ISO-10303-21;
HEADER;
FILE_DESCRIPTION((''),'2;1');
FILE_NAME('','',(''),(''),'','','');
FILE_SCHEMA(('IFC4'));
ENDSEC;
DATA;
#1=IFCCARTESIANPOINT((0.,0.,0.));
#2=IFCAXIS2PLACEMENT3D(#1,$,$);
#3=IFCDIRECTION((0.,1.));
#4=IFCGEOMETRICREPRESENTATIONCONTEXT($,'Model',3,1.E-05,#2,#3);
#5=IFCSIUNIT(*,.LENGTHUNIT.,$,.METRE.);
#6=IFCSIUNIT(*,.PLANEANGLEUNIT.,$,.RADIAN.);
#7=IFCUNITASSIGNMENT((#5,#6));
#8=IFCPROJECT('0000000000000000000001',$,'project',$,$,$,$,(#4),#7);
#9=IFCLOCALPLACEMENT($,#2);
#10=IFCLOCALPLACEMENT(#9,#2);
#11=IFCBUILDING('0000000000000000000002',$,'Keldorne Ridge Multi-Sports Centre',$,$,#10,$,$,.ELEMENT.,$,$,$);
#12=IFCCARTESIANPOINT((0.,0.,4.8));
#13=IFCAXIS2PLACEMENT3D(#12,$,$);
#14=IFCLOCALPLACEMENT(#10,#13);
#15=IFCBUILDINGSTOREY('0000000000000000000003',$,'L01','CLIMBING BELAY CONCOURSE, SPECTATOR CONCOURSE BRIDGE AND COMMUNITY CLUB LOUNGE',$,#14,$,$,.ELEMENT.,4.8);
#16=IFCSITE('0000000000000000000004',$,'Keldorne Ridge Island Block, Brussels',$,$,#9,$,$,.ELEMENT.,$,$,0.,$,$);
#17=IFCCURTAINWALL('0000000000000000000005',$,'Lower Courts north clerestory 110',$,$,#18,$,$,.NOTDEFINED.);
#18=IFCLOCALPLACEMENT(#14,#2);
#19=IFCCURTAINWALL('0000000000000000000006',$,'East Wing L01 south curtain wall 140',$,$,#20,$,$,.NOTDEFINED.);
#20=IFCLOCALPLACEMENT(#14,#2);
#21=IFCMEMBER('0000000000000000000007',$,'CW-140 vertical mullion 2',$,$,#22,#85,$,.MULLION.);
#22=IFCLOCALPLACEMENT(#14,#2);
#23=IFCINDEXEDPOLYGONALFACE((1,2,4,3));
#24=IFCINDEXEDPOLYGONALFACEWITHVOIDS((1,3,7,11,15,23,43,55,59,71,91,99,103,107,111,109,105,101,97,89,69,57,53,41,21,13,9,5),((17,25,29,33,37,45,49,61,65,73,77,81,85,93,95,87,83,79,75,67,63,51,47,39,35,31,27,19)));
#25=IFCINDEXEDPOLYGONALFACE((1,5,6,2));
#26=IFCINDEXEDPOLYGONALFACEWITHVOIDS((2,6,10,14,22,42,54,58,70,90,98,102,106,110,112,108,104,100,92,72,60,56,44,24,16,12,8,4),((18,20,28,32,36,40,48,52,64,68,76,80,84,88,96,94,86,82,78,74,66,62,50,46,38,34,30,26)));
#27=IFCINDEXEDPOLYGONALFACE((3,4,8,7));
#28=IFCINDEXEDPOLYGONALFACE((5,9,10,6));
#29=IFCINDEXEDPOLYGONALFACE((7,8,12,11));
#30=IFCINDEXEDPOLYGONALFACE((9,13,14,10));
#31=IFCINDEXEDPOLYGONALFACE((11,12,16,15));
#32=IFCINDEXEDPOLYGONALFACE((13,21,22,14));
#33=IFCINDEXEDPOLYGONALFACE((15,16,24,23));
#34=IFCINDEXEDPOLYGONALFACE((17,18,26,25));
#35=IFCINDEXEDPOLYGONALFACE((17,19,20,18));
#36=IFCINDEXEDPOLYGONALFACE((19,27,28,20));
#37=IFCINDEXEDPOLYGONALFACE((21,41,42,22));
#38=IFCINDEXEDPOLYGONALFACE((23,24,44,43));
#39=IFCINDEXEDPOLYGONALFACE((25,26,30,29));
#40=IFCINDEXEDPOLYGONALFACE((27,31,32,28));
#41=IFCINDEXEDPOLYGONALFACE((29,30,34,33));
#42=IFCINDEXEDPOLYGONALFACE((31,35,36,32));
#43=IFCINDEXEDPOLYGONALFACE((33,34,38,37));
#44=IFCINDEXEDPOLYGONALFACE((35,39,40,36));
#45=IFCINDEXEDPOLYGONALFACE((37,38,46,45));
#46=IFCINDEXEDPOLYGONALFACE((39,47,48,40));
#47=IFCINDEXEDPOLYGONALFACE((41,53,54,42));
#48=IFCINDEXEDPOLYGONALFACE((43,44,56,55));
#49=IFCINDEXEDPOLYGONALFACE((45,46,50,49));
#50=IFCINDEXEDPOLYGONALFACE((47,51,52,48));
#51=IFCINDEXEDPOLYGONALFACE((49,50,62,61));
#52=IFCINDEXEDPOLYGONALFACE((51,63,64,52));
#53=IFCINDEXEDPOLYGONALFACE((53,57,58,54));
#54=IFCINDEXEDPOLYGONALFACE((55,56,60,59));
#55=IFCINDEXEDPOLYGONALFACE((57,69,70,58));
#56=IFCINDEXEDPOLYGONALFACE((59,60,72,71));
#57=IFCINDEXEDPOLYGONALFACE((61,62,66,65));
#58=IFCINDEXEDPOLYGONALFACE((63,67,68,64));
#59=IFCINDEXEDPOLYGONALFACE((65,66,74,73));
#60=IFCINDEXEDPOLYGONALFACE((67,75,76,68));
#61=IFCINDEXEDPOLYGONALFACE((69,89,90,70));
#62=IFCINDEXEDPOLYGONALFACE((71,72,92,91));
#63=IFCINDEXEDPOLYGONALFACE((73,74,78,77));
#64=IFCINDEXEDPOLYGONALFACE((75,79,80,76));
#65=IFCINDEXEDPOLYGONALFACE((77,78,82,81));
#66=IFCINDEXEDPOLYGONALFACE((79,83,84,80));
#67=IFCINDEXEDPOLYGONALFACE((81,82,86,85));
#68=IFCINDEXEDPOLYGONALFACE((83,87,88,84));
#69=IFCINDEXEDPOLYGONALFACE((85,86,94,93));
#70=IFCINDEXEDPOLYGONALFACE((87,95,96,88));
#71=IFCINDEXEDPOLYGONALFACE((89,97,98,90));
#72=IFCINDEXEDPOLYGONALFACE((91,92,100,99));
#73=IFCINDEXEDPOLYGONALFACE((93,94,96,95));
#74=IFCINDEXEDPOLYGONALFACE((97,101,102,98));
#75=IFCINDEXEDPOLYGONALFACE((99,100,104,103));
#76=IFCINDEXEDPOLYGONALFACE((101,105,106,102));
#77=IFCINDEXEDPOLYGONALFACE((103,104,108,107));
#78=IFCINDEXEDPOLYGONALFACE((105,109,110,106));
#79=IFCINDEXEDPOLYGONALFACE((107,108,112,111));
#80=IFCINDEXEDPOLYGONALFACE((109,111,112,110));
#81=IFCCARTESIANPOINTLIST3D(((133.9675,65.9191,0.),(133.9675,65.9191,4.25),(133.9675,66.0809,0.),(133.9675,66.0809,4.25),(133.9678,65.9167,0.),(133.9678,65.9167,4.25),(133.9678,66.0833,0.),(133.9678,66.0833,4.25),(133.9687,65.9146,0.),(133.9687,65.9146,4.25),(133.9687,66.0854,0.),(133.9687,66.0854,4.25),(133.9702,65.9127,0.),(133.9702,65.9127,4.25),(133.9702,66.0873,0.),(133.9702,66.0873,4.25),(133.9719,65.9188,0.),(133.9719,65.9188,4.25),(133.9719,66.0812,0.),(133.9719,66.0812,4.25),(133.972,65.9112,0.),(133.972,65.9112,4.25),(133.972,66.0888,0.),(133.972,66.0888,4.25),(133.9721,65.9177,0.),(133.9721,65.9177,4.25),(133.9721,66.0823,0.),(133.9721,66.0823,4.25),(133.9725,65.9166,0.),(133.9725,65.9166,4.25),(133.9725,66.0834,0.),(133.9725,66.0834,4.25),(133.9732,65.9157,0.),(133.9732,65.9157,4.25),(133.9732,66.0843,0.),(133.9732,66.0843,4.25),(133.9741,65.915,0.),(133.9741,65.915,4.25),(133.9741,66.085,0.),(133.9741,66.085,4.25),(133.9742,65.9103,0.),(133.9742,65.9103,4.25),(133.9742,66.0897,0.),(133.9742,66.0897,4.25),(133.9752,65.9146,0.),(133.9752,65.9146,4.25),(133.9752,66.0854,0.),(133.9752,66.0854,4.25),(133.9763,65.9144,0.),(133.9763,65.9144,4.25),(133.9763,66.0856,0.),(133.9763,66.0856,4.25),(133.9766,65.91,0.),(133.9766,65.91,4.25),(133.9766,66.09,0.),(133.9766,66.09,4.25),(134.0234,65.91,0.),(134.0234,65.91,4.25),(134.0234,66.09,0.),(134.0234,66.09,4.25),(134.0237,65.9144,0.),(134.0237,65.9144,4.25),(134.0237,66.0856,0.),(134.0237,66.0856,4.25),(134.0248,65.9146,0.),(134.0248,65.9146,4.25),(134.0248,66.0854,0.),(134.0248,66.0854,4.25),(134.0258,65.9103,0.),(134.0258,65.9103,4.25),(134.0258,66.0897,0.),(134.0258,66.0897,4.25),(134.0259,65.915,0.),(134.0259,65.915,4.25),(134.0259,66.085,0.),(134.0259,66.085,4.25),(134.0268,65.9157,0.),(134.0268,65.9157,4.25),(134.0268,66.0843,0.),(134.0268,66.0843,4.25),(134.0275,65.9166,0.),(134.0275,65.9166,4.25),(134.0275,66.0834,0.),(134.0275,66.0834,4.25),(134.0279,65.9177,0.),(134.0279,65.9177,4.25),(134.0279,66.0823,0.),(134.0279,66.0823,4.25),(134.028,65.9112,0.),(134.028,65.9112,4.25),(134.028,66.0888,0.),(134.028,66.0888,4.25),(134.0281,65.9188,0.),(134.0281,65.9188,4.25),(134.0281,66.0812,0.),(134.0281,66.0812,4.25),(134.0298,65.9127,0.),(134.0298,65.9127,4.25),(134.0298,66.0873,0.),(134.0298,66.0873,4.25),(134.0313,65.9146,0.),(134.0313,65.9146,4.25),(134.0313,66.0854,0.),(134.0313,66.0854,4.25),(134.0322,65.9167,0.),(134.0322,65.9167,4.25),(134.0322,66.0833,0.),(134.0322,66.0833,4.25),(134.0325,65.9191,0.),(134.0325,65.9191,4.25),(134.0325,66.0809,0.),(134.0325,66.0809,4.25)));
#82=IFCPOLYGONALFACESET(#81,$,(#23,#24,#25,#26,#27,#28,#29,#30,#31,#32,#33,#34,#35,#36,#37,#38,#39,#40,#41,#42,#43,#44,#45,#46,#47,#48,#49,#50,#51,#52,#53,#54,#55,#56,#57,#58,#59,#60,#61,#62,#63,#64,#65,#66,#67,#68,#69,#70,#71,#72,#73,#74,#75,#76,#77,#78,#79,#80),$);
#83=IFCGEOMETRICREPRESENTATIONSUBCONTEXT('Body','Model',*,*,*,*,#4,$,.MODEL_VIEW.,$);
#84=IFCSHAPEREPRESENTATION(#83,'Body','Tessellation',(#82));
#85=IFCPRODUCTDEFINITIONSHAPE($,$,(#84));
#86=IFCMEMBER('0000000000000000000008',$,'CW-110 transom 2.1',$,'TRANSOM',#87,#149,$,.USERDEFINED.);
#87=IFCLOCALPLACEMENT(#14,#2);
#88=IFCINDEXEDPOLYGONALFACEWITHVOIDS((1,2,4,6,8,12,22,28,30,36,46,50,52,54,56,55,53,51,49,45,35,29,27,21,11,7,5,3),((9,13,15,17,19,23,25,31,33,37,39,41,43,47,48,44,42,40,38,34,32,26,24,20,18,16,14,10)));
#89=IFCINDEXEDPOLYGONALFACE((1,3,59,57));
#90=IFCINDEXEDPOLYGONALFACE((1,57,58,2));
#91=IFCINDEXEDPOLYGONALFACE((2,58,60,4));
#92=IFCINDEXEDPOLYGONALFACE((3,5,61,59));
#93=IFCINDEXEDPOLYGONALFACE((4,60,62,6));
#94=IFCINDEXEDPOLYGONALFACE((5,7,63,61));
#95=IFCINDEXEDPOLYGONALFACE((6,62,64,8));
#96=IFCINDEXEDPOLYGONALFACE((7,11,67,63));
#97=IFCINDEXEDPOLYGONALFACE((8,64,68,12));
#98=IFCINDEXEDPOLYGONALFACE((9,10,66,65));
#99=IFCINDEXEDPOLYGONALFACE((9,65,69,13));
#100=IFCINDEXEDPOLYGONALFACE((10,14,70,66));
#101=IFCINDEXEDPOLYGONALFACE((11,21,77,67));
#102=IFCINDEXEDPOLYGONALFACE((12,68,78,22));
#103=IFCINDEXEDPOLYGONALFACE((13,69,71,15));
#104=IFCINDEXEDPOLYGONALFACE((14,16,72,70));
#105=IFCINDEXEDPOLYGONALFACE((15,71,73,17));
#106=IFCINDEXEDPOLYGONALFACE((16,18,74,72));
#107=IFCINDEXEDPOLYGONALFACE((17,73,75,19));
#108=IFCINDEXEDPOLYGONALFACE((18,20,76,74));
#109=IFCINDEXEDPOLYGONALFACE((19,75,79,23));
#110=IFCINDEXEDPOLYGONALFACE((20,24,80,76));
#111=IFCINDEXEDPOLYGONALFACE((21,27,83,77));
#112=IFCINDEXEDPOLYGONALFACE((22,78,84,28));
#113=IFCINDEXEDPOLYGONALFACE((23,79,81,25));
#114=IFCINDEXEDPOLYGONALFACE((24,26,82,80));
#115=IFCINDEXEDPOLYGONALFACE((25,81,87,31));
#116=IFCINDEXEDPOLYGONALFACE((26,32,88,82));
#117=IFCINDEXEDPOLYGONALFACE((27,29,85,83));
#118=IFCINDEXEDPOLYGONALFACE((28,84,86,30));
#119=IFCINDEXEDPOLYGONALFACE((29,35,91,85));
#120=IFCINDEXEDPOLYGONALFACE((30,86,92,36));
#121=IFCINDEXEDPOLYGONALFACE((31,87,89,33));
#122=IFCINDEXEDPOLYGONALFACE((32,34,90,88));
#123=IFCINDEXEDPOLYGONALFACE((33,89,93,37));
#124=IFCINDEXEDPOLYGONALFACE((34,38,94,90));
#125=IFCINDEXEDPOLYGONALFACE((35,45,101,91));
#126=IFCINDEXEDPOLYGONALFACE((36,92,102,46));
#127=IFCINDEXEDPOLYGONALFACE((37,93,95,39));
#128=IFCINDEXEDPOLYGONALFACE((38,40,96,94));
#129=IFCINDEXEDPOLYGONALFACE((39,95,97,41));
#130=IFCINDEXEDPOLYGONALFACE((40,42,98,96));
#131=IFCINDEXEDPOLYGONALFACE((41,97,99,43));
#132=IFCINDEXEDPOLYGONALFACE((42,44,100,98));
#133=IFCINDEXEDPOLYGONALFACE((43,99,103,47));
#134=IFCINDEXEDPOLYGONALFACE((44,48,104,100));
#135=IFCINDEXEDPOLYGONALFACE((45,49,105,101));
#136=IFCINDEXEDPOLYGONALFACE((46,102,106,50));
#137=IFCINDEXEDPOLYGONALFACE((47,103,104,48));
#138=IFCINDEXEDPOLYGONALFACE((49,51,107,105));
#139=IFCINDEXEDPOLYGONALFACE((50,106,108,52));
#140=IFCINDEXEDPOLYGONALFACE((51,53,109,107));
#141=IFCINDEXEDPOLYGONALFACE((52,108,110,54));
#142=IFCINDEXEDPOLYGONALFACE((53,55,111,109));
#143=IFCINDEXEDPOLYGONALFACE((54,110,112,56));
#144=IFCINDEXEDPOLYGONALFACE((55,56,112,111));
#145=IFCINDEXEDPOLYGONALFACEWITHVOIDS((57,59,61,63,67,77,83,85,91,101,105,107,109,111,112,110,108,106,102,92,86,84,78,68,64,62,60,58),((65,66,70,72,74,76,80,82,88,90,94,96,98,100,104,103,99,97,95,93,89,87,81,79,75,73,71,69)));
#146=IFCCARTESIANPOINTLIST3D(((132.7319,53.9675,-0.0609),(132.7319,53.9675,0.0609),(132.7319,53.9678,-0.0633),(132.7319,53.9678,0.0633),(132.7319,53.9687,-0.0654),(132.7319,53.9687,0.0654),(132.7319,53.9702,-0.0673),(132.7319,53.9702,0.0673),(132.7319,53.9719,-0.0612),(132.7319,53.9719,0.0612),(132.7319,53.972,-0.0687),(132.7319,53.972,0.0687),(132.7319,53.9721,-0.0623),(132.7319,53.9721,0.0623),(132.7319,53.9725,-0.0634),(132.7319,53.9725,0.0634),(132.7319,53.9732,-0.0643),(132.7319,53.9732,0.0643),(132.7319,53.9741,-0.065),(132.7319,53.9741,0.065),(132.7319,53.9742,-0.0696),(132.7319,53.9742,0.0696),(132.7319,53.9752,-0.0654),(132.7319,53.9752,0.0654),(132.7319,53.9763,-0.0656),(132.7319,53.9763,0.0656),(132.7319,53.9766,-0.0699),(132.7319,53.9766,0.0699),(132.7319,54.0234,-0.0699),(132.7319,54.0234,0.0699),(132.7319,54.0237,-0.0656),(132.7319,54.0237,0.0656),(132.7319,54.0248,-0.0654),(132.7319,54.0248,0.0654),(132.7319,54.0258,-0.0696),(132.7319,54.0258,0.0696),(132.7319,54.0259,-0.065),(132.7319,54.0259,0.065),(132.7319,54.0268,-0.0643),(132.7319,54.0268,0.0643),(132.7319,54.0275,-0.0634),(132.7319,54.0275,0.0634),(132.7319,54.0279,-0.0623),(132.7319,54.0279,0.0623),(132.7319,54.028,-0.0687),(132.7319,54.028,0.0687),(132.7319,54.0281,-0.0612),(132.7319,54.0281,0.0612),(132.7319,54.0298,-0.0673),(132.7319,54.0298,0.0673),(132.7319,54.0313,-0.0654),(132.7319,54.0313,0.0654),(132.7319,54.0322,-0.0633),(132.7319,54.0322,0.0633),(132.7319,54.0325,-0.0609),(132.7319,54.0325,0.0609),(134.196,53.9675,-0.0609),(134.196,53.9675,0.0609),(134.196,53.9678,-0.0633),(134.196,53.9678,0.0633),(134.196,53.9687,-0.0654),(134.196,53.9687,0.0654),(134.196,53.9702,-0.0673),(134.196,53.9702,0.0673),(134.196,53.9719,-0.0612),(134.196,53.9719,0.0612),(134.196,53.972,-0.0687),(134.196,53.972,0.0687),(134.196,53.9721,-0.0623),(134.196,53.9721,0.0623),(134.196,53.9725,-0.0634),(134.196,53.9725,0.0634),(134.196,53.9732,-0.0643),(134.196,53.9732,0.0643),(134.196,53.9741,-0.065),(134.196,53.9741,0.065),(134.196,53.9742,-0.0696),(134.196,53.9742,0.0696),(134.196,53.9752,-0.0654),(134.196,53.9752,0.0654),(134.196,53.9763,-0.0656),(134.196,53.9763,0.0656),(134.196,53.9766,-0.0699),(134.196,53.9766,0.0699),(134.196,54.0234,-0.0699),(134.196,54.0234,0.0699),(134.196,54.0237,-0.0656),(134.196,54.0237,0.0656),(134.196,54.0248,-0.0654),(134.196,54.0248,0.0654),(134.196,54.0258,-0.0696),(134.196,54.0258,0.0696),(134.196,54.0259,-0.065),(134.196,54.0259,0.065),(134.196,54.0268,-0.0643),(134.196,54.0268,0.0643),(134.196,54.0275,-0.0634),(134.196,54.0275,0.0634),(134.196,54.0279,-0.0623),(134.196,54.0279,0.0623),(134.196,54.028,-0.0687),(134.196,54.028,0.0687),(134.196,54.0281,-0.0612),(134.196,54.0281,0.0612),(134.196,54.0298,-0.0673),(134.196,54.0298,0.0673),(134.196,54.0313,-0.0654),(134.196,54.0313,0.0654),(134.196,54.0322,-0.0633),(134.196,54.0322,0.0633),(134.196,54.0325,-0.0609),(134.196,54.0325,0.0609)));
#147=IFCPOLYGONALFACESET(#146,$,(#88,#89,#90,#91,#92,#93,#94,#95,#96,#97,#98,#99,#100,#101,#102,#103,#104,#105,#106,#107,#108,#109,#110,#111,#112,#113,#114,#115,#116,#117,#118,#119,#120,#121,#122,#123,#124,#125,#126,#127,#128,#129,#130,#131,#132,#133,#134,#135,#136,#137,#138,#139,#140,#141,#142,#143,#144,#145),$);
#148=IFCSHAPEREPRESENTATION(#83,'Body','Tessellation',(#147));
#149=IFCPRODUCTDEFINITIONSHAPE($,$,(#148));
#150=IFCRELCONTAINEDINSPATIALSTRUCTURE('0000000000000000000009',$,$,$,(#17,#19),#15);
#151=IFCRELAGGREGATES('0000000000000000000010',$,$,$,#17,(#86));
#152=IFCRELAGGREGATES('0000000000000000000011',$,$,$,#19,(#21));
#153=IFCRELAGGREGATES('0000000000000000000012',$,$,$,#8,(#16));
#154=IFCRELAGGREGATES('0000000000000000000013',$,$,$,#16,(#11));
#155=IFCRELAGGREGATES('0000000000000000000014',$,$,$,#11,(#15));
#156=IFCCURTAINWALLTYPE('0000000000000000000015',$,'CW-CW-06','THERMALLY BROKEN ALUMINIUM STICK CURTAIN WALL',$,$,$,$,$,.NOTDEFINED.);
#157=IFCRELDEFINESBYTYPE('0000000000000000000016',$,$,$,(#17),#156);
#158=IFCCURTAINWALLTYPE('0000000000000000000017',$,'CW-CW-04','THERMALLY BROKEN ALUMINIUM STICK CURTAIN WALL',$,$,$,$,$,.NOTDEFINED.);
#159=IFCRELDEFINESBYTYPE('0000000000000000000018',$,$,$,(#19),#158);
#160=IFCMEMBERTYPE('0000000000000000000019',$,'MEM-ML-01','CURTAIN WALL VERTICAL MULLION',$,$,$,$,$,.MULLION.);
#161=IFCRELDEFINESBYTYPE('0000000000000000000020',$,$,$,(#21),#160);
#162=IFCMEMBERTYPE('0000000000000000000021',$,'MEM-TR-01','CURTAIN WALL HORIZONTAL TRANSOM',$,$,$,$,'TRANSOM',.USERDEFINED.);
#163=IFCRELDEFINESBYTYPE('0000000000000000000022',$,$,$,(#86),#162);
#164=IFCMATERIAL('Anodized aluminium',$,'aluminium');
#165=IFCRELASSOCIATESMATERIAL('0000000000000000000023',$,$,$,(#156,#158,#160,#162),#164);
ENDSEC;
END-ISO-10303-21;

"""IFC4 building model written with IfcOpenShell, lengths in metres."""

from ifc_helpers import new_model, si_unit, direction, frame, origin, origin_2d, place, context, subcontext, project, spatial, hollow_rectangle, extrude, material, material_profile, profile_set, type_object, element, aggregate, save


model = new_model("IFC4")

# Units and contexts
model_context = context("Model", 3, precision=1e-05, world=origin(), true_north=direction((0.0, 1.0)))
body_context = subcontext(model_context, "Body", "Model", "MODEL_VIEW")
ifc_project = project(units=[si_unit("LENGTHUNIT", "METRE"), si_unit("PLANEANGLEUNIT", "RADIAN")], contexts=[model_context])

# Site, building, storey
site_placement = place(None, origin())
site = spatial("IfcSite", under=ifc_project, at=site_placement, Name="Keldorne Ridge Island Block, Brussels", CompositionType="ELEMENT", RefElevation=0.0)
building_placement = place(site_placement, origin())
building = spatial("IfcBuilding", under=site, at=building_placement, Name="Keldorne Ridge Multi-Sports Centre", CompositionType="ELEMENT")
storey_placement = place(building_placement, frame((0.0, 0.0, 4.8)))
storey = spatial("IfcBuildingStorey", under=building, at=storey_placement, Name="L01", Description="CLIMBING BELAY CONCOURSE, SPECTATOR CONCOURSE BRIDGE AND COMMUNITY CLUB LOUNGE", CompositionType="ELEMENT", Elevation=4.8)

# Curtain walls, member
ifc_material_1 = material(Name="Anodized aluminium", Category="aluminium")
curtain_wall_type_1 = type_object("IfcCurtainWallType", Name="CW-CW-06", Description="THERMALLY BROKEN ALUMINIUM STICK CURTAIN WALL", PredefinedType="NOTDEFINED", material=ifc_material_1)
curtain_wall_1_placement = place(storey_placement, origin())
curtain_wall_1 = element("IfcCurtainWall", 1, at=curtain_wall_1_placement, inside=storey, type_object=curtain_wall_type_1, Name="Lower Courts north clerestory 110", PredefinedType="NOTDEFINED")
ifc_material_profile_1 = material_profile(ifc_material_1, hollow_rectangle(XDim=0.0649, YDim=0.1799, WallThickness=0.0044, InnerFilletRadius=0.0044, OuterFilletRadius=0.009, at=origin_2d()), Name="ALU MULLION 180x65x4.5")
ifc_profile_set_1 = profile_set([ifc_material_profile_1], Name="Anodized aluminium")
member_type_1 = type_object("IfcMemberType", Name="MEM-ML-01", Description="CURTAIN WALL VERTICAL MULLION", PredefinedType="MULLION", material=ifc_profile_set_1)
curtain_wall_type_2 = type_object("IfcCurtainWallType", Name="CW-CW-04", Description="THERMALLY BROKEN ALUMINIUM STICK CURTAIN WALL", PredefinedType="NOTDEFINED", material=ifc_material_1)
curtain_wall_2_placement = place(storey_placement, origin())
curtain_wall_2 = element("IfcCurtainWall", 2, at=curtain_wall_2_placement, inside=storey, type_object=curtain_wall_type_2, Name="East Wing L01 south curtain wall 140", PredefinedType="NOTDEFINED")
member_1_placement = place(storey_placement, frame((134.0, 66.0, 0.0), z_axis=(0.0, 0.0, 1.0), x_axis=(1.0, 0.0, 0.0)))
member_1 = element("IfcMember", 3, at=member_1_placement, type_object=member_type_1, Name="CW-140 vertical mullion 2", PredefinedType="MULLION", context=body_context, shape_type="SweptSolid", body=[
    extrude(hollow_rectangle(XDim=0.0649, YDim=0.1799, WallThickness=0.0044, InnerFilletRadius=0.0044, OuterFilletRadius=0.009, at=origin_2d()), origin(), (0.0, 0.0, 1.0), 4.25),
])

# Member
ifc_material_profile_2 = material_profile(ifc_material_1, hollow_rectangle(XDim=0.0649, YDim=0.1399, WallThickness=0.0044, InnerFilletRadius=0.0044, OuterFilletRadius=0.009, at=origin_2d()), Name="ALU TRANSOM 140x65x4.5")
ifc_profile_set_2 = profile_set([ifc_material_profile_2], Name="Anodized aluminium")
member_type_2 = type_object("IfcMemberType", Name="MEM-TR-01", Description="CURTAIN WALL HORIZONTAL TRANSOM", ElementType="TRANSOM", PredefinedType="USERDEFINED", material=ifc_profile_set_2)
member_2_placement = place(storey_placement, frame((134.196, 54.0, 0.0), z_axis=(-1.0, 0.0, 0.0), x_axis=(0.0, -1.0, 0.0)))
member_2 = element("IfcMember", 4, at=member_2_placement, type_object=member_type_2, Name="CW-110 transom 2.1", ObjectType="TRANSOM", PredefinedType="USERDEFINED", context=body_context, shape_type="SweptSolid", body=[
    extrude(hollow_rectangle(XDim=0.0649, YDim=0.1399, WallThickness=0.0044, InnerFilletRadius=0.0044, OuterFilletRadius=0.009, at=origin_2d()), origin(), (0.0, 0.0, 1.0), 1.4641),
])

aggregate(curtain_wall_1, [member_2])
aggregate(curtain_wall_2, [member_1])

save(model, "model.ifc")
